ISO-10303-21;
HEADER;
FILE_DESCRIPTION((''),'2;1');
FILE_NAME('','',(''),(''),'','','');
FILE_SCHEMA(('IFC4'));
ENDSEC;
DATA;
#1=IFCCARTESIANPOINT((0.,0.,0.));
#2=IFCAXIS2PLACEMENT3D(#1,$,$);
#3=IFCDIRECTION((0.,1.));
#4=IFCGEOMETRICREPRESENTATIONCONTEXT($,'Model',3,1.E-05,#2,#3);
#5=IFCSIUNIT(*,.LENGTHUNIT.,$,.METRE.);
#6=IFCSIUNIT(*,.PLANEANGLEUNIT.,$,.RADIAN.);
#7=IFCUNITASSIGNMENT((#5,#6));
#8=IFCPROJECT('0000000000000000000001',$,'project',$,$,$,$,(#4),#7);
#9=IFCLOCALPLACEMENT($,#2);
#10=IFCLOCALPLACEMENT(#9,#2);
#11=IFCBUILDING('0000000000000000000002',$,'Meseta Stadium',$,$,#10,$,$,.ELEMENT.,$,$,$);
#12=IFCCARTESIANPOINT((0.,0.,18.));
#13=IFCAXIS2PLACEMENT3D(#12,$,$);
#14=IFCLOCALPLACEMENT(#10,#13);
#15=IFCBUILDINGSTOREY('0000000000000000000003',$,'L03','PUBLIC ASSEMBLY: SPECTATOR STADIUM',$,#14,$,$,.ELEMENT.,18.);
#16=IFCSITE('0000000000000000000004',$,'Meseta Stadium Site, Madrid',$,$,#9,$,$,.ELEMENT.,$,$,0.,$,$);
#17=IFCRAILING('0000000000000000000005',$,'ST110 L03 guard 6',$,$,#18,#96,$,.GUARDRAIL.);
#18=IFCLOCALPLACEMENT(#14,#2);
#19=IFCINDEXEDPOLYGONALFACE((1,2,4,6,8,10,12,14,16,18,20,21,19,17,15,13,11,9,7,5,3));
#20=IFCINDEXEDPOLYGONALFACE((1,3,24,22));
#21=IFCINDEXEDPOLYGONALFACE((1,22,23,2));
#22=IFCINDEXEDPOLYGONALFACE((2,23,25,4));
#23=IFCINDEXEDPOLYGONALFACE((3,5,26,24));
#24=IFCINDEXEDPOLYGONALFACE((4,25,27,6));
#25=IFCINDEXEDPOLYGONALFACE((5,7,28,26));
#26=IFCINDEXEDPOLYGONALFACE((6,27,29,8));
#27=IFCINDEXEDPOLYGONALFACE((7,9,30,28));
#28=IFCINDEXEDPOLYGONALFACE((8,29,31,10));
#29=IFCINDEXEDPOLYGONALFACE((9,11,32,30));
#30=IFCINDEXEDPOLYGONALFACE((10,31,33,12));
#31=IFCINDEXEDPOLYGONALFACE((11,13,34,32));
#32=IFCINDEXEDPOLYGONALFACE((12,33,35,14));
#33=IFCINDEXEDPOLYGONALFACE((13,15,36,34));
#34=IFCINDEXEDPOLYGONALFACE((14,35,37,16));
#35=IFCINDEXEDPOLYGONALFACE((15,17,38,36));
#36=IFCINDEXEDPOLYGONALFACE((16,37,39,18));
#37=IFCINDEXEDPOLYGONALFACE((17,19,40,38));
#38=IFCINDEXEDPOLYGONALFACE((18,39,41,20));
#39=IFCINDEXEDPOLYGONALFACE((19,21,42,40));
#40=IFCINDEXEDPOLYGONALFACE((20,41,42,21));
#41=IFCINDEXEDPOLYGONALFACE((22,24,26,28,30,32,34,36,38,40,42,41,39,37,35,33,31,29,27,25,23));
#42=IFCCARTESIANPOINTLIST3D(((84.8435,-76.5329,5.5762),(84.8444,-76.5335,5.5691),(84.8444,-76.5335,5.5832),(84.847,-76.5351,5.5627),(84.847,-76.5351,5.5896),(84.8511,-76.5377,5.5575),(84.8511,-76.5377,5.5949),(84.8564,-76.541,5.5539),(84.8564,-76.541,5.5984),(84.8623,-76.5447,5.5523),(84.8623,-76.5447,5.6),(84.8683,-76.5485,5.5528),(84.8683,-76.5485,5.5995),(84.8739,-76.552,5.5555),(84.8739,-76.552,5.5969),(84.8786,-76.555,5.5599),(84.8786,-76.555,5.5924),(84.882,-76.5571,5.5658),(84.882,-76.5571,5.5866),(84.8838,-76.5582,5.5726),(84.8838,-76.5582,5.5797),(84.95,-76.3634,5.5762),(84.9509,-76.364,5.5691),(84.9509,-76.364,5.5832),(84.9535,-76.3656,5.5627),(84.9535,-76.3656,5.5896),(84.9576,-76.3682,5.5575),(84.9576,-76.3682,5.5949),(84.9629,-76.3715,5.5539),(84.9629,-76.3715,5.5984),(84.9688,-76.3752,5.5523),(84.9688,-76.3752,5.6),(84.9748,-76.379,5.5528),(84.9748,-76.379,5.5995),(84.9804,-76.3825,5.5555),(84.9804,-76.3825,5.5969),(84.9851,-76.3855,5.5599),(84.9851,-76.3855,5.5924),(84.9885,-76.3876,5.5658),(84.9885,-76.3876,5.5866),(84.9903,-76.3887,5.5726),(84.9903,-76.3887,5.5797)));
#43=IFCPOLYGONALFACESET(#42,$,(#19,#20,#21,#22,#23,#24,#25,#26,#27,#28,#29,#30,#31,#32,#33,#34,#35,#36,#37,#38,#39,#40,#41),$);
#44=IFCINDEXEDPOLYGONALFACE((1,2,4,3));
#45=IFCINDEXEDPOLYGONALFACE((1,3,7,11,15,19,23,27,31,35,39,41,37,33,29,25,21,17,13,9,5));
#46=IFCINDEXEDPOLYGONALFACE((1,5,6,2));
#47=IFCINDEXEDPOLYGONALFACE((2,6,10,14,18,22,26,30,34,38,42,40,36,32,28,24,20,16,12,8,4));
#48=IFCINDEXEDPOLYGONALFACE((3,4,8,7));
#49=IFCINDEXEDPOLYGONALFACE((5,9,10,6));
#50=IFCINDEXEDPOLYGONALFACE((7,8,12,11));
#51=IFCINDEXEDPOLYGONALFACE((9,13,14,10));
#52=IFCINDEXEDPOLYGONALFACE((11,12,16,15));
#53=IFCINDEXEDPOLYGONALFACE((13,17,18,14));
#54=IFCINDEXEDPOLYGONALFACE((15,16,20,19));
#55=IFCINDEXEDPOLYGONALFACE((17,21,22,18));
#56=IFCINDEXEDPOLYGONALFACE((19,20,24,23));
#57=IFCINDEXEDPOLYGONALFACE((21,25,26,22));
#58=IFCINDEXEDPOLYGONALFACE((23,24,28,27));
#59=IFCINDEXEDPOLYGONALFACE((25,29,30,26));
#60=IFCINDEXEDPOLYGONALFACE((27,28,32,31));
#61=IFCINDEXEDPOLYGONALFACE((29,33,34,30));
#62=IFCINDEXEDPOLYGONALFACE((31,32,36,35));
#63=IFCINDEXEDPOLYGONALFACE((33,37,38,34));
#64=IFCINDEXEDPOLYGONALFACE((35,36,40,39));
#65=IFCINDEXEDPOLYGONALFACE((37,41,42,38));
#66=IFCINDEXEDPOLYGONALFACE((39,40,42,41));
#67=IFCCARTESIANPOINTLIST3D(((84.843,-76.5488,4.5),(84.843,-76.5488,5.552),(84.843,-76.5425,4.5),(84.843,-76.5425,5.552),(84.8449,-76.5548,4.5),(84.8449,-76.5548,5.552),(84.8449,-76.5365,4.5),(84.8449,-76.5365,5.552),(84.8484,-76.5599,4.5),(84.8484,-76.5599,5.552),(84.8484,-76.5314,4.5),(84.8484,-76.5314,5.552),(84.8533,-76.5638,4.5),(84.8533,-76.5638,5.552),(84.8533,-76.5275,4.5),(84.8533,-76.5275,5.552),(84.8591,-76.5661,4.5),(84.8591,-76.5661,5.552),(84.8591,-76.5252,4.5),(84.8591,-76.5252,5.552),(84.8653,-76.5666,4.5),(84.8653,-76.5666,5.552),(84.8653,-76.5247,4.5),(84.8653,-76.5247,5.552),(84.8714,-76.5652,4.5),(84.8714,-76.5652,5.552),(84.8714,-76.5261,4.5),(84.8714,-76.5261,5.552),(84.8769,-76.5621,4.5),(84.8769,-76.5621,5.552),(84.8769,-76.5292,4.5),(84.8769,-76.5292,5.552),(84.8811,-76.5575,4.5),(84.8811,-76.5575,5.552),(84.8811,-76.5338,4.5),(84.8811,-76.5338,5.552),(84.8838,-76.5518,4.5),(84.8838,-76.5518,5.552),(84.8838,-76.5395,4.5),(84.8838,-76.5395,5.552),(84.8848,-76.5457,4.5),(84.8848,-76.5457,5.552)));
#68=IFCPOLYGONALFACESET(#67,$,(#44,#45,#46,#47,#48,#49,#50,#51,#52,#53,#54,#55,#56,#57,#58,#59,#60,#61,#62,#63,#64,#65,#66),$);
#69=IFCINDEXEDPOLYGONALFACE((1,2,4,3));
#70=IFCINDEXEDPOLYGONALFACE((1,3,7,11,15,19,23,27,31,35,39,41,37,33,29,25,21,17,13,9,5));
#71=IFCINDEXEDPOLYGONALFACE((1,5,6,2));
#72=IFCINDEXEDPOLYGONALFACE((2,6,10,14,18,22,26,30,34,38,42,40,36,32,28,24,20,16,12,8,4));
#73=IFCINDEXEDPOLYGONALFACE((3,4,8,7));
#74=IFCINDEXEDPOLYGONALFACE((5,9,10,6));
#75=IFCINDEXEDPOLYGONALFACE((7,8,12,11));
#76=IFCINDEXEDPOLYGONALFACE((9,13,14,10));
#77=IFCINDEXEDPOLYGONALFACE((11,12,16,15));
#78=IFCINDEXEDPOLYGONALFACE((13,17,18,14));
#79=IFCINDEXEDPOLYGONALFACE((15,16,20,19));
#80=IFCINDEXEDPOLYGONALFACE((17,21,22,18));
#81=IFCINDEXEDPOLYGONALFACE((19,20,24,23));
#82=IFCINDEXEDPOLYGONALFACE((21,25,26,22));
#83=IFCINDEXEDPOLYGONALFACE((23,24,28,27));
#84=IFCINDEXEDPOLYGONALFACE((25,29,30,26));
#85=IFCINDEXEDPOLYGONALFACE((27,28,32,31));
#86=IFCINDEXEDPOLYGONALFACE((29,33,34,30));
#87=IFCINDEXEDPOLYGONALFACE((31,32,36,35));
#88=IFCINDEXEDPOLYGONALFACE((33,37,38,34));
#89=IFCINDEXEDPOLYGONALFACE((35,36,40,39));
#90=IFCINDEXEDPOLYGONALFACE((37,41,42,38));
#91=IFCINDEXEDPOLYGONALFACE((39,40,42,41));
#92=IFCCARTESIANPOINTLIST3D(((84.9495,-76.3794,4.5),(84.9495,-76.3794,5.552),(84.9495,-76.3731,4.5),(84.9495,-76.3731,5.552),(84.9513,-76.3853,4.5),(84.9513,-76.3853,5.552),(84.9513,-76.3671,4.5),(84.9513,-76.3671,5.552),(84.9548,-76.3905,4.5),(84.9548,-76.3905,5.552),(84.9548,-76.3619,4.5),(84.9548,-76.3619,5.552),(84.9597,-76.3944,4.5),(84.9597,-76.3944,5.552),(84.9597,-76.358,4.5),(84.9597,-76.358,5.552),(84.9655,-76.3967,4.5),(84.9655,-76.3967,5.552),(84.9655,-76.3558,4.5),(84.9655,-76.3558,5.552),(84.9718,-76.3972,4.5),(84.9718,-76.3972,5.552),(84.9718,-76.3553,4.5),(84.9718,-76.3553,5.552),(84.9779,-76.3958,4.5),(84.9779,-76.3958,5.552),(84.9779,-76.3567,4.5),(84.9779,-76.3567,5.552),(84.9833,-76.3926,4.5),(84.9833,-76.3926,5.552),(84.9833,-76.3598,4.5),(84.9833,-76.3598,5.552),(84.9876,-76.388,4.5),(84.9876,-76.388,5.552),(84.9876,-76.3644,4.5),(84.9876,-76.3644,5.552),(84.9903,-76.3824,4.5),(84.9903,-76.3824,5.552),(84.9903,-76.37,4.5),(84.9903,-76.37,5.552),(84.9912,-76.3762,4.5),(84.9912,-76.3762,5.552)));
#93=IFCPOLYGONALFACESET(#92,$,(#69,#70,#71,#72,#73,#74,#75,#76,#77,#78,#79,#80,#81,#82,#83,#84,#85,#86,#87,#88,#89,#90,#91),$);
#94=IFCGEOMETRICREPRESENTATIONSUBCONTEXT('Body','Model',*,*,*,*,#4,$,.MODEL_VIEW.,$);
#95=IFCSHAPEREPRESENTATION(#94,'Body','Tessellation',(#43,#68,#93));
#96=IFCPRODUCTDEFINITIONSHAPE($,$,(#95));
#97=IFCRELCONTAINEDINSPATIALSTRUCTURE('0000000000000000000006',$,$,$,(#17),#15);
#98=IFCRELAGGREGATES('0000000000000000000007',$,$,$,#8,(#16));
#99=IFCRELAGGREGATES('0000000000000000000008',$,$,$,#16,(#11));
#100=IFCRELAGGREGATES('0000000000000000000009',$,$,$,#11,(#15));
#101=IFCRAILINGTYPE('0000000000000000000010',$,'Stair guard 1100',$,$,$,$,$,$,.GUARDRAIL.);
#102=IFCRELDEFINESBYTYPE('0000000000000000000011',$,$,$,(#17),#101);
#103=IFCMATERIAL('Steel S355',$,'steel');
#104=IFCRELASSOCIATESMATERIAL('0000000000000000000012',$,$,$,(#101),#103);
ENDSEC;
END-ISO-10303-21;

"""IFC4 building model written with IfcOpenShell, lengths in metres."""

from ifc_helpers import new_model, si_unit, direction, frame, origin, origin_2d, place, context, subcontext, project, spatial, circle, extrude, material, type_object, element, save


model = new_model("IFC4")

# Units and contexts
model_context = context("Model", 3, precision=1e-05, world=origin(), true_north=direction((0.0, 1.0)))
body_context = subcontext(model_context, "Body", "Model", "MODEL_VIEW")
ifc_project = project(units=[si_unit("LENGTHUNIT", "METRE"), si_unit("PLANEANGLEUNIT", "RADIAN")], contexts=[model_context])

# Site, building, storey
site_placement = place(None, origin())
site = spatial("IfcSite", under=ifc_project, at=site_placement, Name="Meseta Stadium Site, Madrid", CompositionType="ELEMENT", RefElevation=0.0)
building_placement = place(site_placement, origin())
building = spatial("IfcBuilding", under=site, at=building_placement, Name="Meseta Stadium", CompositionType="ELEMENT")
storey_placement = place(building_placement, frame((0.0, 0.0, 18.0)))
storey = spatial("IfcBuildingStorey", under=building, at=storey_placement, Name="L03", Description="PUBLIC ASSEMBLY: SPECTATOR STADIUM", CompositionType="ELEMENT", Elevation=18.0)

# Railing
ifc_material_1 = material(Name="Steel S355", Category="steel")
railing_type_1 = type_object("IfcRailingType", Name="Stair guard 1100", PredefinedType="GUARDRAIL", material=ifc_material_1)
railing_1_placement = place(storey_placement, frame((84.8638, -76.5457, 4.5)))
element("IfcRailing", 1, at=railing_1_placement, inside=storey, type_object=railing_type_1, Name="ST110 L03 guard 6", PredefinedType="GUARDRAIL", context=body_context, shape_type="SweptSolid", body=[
    extrude(circle(Radius=0.0239, at=origin_2d()), frame((0.0, 0.0, 1.0762), z_axis=(0.531972, 0.846762, 0.0), x_axis=(-0.846762, 0.531972, 0.0)), (0.0, 0.0, 1.0), 0.2002),
    extrude(circle(Radius=0.021, at=origin_2d()), origin(), (0.0, 0.0, 1.0), 1.052),
    extrude(circle(Radius=0.021, at=origin_2d()), frame((0.1064, 0.1694, 0.0)), (0.0, 0.0, 1.0), 1.052),
])

save(model, "model.ifc")
